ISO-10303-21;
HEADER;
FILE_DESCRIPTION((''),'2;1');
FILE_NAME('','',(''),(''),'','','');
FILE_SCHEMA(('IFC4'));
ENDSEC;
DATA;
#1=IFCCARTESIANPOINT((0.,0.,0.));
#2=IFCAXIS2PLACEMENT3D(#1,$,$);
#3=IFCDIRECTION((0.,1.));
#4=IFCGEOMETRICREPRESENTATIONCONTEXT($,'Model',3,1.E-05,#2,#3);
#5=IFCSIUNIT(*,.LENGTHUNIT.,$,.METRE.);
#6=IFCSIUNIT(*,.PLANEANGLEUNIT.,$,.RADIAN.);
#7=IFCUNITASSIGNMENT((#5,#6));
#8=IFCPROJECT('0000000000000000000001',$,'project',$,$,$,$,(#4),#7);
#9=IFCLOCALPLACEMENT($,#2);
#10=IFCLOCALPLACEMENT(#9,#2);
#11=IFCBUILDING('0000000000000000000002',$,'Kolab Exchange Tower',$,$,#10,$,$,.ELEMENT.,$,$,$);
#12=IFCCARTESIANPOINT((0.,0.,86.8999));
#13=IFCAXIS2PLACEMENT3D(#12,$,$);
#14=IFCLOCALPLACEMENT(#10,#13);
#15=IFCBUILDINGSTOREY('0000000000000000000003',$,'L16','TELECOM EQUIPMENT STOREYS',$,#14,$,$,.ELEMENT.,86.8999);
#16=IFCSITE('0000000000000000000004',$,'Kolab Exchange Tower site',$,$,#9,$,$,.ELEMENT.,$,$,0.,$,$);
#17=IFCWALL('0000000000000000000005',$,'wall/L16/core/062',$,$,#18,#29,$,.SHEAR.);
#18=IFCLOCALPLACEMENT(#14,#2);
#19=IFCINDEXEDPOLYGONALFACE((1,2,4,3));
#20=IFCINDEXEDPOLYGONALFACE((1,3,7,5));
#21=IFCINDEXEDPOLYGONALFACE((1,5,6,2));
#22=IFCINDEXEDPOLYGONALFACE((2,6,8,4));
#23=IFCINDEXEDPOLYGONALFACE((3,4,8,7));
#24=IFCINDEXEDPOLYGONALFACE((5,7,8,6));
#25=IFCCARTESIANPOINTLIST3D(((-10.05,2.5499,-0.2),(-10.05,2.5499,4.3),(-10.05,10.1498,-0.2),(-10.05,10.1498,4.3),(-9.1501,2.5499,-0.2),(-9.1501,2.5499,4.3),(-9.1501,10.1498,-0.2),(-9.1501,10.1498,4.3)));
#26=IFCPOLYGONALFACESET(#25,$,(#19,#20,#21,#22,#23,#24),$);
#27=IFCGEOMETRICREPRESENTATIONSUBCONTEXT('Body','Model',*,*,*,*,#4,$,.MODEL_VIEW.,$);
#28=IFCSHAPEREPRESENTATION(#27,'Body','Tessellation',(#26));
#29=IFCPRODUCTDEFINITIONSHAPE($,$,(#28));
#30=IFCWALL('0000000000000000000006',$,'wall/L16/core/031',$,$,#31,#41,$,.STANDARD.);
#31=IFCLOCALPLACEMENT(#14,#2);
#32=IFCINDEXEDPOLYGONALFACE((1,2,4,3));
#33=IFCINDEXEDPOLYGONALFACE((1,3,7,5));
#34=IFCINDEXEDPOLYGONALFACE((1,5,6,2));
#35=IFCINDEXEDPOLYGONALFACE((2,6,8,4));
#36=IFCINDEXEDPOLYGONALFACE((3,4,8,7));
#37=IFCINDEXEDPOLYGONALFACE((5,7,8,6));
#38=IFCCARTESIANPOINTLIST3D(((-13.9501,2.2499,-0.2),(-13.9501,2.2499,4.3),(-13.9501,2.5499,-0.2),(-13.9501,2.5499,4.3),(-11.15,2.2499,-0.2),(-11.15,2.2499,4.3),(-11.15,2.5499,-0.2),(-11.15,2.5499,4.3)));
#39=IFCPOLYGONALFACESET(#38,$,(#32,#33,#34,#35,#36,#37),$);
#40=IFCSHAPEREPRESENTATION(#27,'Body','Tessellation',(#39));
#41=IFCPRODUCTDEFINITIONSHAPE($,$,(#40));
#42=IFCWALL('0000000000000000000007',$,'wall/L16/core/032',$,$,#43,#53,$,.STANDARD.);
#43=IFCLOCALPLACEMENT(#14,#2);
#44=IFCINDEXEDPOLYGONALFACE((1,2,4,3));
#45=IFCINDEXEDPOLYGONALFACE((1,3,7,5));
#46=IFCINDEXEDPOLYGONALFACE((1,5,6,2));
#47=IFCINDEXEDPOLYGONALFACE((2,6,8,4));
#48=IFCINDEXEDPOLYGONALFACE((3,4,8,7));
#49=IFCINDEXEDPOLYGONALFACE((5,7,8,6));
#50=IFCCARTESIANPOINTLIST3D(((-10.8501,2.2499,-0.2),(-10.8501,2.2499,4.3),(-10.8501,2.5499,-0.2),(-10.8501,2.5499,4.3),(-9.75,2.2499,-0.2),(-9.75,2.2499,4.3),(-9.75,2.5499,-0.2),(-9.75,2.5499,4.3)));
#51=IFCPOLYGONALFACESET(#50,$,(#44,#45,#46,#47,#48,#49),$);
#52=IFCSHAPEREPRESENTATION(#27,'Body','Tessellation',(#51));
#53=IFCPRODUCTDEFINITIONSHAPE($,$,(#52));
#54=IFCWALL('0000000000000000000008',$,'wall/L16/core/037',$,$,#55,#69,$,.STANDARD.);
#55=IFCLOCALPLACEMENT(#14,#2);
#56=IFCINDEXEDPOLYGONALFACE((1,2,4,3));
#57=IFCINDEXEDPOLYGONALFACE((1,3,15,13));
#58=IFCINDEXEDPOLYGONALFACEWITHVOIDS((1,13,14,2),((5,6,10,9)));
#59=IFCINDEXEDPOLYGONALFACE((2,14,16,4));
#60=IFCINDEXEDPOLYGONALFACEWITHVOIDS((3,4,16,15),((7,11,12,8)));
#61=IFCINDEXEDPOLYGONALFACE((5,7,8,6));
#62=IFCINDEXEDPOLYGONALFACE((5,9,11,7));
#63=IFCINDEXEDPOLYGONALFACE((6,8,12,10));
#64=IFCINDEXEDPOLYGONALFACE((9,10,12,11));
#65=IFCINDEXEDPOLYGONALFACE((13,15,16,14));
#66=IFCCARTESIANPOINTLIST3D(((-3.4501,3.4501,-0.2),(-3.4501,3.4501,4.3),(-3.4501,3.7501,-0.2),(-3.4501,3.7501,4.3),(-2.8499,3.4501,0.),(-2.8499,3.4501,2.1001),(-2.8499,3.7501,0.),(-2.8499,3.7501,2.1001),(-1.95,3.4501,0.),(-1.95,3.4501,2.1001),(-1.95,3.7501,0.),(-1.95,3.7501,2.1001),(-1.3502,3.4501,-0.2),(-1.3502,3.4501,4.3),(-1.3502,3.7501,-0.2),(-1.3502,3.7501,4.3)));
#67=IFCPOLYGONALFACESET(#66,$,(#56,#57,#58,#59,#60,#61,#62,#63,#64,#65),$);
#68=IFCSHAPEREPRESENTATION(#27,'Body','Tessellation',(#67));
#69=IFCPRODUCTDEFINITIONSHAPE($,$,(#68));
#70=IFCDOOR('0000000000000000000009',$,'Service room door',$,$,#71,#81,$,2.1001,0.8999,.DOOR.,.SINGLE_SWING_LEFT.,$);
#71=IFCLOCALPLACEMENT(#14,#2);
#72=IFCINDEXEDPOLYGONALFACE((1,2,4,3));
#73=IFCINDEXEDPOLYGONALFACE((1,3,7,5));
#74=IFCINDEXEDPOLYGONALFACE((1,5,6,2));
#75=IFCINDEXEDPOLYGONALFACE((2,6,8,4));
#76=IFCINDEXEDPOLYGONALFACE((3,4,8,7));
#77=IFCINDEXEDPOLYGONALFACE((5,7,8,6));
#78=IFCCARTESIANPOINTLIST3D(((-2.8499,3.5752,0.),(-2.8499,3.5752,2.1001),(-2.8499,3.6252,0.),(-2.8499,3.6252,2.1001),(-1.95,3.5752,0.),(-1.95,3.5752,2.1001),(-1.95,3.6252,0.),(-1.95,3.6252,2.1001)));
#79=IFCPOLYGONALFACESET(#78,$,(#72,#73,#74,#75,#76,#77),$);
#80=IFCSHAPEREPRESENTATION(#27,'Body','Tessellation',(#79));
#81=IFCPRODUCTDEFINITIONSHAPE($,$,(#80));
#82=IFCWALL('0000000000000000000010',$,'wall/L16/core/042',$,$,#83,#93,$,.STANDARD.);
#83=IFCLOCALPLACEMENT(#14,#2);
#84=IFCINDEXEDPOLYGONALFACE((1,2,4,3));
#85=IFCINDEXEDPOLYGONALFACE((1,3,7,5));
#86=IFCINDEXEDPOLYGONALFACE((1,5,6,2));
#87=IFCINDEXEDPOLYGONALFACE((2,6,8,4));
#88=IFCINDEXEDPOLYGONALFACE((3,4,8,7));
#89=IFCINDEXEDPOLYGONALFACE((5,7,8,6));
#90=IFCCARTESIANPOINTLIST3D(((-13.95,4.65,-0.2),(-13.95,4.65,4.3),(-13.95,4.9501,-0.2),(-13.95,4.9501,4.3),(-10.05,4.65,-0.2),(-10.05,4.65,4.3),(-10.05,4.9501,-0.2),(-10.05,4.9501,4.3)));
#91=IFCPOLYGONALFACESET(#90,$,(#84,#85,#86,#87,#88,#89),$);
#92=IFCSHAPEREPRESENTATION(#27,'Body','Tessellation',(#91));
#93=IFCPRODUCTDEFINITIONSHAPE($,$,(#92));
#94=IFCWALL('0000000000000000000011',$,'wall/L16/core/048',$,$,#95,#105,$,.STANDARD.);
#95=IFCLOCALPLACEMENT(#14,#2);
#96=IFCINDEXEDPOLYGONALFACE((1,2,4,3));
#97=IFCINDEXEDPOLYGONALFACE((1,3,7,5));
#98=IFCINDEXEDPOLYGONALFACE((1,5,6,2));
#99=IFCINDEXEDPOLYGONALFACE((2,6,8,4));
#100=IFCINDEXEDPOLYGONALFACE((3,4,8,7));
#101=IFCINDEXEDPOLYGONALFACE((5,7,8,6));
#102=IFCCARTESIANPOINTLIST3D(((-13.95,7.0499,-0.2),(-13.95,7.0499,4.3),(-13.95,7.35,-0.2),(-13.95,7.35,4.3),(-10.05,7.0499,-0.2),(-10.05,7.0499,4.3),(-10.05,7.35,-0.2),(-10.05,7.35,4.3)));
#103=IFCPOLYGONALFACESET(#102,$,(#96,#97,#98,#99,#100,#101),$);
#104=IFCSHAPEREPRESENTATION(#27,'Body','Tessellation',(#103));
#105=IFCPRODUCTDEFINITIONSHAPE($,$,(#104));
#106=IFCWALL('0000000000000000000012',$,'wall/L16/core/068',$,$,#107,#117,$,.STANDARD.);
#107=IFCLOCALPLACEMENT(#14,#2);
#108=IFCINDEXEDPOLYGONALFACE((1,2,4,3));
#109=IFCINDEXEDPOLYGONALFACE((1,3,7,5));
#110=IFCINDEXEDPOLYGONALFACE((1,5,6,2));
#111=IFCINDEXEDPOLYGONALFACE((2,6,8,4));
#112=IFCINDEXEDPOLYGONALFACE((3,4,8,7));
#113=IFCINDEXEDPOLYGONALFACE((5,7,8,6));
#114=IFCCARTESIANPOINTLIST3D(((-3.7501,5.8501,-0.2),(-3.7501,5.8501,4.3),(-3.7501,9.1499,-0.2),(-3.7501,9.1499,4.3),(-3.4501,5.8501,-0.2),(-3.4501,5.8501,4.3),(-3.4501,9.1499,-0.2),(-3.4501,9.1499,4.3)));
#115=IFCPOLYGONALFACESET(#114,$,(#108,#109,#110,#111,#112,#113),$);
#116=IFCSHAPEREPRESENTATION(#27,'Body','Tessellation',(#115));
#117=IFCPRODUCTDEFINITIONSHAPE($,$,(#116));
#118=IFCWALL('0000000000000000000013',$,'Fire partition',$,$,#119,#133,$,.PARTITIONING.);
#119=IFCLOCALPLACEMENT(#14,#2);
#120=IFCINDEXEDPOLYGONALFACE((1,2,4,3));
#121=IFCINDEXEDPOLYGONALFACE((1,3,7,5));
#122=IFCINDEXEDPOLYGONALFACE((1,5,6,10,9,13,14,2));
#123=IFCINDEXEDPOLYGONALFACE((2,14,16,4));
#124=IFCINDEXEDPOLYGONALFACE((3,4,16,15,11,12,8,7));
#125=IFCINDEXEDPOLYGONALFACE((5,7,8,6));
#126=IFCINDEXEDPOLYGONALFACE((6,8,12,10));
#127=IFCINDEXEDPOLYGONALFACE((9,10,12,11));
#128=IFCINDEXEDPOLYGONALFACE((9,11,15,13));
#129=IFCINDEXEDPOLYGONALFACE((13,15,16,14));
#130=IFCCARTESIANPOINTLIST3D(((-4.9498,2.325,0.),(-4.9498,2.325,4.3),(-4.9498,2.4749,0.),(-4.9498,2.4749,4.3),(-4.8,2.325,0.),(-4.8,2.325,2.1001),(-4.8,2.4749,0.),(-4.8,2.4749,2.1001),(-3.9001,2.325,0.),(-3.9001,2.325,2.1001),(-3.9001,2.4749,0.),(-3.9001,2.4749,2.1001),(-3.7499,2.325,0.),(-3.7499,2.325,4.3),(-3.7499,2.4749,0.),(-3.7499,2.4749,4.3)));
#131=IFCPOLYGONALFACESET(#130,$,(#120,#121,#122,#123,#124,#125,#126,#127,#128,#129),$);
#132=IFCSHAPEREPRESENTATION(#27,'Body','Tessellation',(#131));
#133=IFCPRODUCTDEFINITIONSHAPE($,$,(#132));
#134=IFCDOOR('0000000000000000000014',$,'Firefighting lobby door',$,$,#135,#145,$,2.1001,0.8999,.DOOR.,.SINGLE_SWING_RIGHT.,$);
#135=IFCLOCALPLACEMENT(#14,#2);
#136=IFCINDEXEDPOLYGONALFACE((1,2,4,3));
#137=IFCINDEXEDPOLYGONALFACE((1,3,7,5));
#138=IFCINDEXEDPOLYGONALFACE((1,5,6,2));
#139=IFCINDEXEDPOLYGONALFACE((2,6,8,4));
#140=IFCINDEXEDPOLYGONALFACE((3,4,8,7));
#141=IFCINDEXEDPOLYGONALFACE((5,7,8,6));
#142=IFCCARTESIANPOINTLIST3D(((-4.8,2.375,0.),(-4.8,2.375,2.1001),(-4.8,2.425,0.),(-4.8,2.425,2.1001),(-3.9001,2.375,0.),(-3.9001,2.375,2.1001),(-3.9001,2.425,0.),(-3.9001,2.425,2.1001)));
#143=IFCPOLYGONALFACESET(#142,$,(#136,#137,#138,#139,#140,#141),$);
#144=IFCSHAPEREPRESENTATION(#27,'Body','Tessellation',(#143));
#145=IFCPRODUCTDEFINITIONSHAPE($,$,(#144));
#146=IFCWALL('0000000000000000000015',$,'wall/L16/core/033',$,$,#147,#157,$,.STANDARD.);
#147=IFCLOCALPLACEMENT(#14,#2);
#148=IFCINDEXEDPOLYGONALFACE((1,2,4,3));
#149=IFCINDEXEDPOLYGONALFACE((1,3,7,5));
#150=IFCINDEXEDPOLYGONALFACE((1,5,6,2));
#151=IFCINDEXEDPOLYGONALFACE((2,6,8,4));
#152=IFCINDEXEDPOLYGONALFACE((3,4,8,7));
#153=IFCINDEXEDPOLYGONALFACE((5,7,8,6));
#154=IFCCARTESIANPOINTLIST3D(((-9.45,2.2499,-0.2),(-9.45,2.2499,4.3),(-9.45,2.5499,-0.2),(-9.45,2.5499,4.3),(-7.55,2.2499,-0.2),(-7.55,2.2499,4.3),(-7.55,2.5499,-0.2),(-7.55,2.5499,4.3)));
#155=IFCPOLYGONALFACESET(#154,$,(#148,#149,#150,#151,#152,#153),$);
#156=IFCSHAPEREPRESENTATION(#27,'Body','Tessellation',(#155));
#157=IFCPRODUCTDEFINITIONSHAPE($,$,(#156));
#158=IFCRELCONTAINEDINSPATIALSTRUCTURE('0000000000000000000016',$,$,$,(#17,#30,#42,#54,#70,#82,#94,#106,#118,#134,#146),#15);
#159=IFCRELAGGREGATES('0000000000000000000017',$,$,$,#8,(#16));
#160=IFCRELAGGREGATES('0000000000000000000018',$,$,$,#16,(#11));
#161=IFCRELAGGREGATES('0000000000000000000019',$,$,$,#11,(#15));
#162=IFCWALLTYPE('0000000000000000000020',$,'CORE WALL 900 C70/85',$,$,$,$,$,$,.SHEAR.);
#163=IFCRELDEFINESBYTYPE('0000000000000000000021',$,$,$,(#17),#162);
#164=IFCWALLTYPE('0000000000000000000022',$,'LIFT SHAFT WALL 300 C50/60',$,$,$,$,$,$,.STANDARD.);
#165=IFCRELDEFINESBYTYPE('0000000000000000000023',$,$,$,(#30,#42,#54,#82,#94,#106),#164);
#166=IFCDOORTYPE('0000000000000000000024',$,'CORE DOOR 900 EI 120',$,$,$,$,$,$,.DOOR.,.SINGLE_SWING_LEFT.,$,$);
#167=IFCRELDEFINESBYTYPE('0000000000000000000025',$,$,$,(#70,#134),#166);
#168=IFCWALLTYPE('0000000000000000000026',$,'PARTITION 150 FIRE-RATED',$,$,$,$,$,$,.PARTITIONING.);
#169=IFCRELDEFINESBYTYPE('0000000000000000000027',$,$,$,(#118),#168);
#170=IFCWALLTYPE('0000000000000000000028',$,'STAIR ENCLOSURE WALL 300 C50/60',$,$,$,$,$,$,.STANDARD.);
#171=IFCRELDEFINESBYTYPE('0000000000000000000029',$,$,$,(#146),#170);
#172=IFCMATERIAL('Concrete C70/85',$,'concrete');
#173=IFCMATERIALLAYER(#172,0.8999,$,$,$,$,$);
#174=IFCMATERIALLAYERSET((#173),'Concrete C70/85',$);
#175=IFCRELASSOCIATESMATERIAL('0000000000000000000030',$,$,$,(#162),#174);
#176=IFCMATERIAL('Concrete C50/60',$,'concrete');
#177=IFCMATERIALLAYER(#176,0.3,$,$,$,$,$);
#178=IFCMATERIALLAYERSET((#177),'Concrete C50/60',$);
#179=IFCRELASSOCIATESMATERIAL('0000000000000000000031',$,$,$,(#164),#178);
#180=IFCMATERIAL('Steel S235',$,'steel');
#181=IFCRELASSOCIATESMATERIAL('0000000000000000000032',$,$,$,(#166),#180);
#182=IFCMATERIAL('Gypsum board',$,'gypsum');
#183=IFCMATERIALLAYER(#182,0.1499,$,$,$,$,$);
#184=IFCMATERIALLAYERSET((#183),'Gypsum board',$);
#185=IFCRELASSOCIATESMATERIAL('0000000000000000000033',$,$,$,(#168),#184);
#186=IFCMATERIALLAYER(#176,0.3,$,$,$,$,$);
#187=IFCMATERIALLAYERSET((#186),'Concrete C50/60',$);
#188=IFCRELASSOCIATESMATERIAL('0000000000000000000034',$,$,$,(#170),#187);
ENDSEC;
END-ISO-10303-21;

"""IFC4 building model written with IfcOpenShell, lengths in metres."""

from ifc_helpers import new_model, si_unit, direction, frame, frame_2d, origin, place, context, subcontext, project, spatial, rectangle, extrude, material, layer, layer_set, type_object, element, fill, save


model = new_model("IFC4")

# Units and contexts
model_context = context("Model", 3, precision=1e-05, world=origin(), true_north=direction((0.0, 1.0)))
body_context = subcontext(model_context, "Body", "Model", "MODEL_VIEW")
ifc_project = project(units=[si_unit("LENGTHUNIT", "METRE"), si_unit("PLANEANGLEUNIT", "RADIAN")], contexts=[model_context])

# Site, building, storey
site_placement = place(None, origin())
site = spatial("IfcSite", under=ifc_project, at=site_placement, Name="Kolab Exchange Tower site", CompositionType="ELEMENT", RefElevation=0.0)
building_placement = place(site_placement, origin())
building = spatial("IfcBuilding", under=site, at=building_placement, Name="Kolab Exchange Tower", CompositionType="ELEMENT")
storey_placement = place(building_placement, frame((0.0, 0.0, 86.8999)))
storey = spatial("IfcBuildingStorey", under=building, at=storey_placement, Name="L16", Description="TELECOM EQUIPMENT STOREYS", CompositionType="ELEMENT", Elevation=86.8999)

# Walls
ifc_material_1 = material(Name="Concrete C70/85", Category="concrete")
ifc_layer_1 = layer(ifc_material_1, 0.8999)
ifc_layer_set_1 = layer_set([ifc_layer_1], Name="Concrete C70/85")
wall_type_1 = type_object("IfcWallType", Name="CORE WALL 900 C70/85", PredefinedType="SHEAR", material=ifc_layer_set_1)
wall_1_placement = place(storey_placement, frame((-9.6001, 2.55, -0.2), z_axis=(0.0, 0.0, 1.0), x_axis=(0.0, 1.0, 0.0)))
element("IfcWall", 1, at=wall_1_placement, inside=storey, type_object=wall_type_1, Name="wall/L16/core/062", PredefinedType="SHEAR", context=body_context, shape_type="SweptSolid", body=[
    extrude(rectangle(XDim=7.5999, YDim=0.8999, at=frame_2d((3.7998, 0.0))), origin(), (0.0, 0.0, 1.0), 4.5),
])
ifc_material_2 = material(Name="Concrete C50/60", Category="concrete")
ifc_layer_2 = layer(ifc_material_2, 0.3)
ifc_layer_set_2 = layer_set([ifc_layer_2], Name="Concrete C50/60")
wall_type_2 = type_object("IfcWallType", Name="LIFT SHAFT WALL 300 C50/60", PredefinedType="STANDARD", material=ifc_layer_set_2)
wall_2_placement = place(storey_placement, frame((-13.95, 2.3999, -0.2), z_axis=(0.0, 0.0, 1.0), x_axis=(1.0, 0.0, 0.0)))
element("IfcWall", 2, at=wall_2_placement, inside=storey, type_object=wall_type_2, Name="wall/L16/core/031", PredefinedType="STANDARD", context=body_context, shape_type="SweptSolid", body=[
    extrude(rectangle(XDim=2.8, YDim=0.3, at=frame_2d((1.3999, 0.0))), origin(), (0.0, 0.0, 1.0), 4.5),
])
wall_3_placement = place(storey_placement, frame((-10.8501, 2.3999, -0.2), z_axis=(0.0, 0.0, 1.0), x_axis=(1.0, 0.0, 0.0)))
element("IfcWall", 3, at=wall_3_placement, inside=storey, type_object=wall_type_2, Name="wall/L16/core/032", PredefinedType="STANDARD", context=body_context, shape_type="SweptSolid", body=[
    extrude(rectangle(XDim=1.1001, YDim=0.3, at=frame_2d((0.55, 0.0))), origin(), (0.0, 0.0, 1.0), 4.5),
])

# Wall, opening, door
wall_4_placement = place(storey_placement, frame((-3.45, 3.6001, -0.2), z_axis=(0.0, 0.0, 1.0), x_axis=(1.0, 0.0, 0.0)))
wall_4 = element("IfcWall", 4, at=wall_4_placement, inside=storey, type_object=wall_type_2, Name="wall/L16/core/037", PredefinedType="STANDARD", context=body_context, shape_type="SweptSolid", body=[
    extrude(rectangle(XDim=2.0999, YDim=0.3, at=frame_2d((1.0498, 0.0))), origin(), (0.0, 0.0, 1.0), 4.5),
])
opening_1_placement = place(wall_4_placement, frame((0.6001, 0.0, 0.2)))
opening_1 = element("IfcOpeningElement", 5, at=opening_1_placement, cuts=wall_4, PredefinedType="OPENING", context=body_context, shape_type="SweptSolid", body=[
    extrude(rectangle(XDim=0.8999, YDim=2.1001, at=frame_2d((0.45, 1.05))), frame((0.0, 0.1602, 0.0), z_axis=(0.0, -1.0, 0.0), x_axis=(1.0, 0.0, 0.0)), (0.0, 0.0, 1.0), 0.3201),
])
ifc_material_3 = material(Name="Steel S235", Category="steel")
door_type_1 = type_object("IfcDoorType", Name="CORE DOOR 900 EI 120", OperationType="SINGLE_SWING_LEFT", PredefinedType="DOOR", material=ifc_material_3)
door_1_placement = place(opening_1_placement, frame((0.8999, 0.0, 0.0), z_axis=(0.0, 0.0, 1.0), x_axis=(-1.0, 0.0, 0.0)))
door_1 = element("IfcDoor", 6, at=door_1_placement, inside=storey, type_object=door_type_1, Name="Service room door", OperationType="SINGLE_SWING_LEFT", OverallHeight=2.1001, OverallWidth=0.8999, PredefinedType="DOOR", context=body_context, shape_type="SweptSolid", body=[
    extrude(rectangle(XDim=0.8999, YDim=2.1001, at=frame_2d((0.45, 1.05))), frame((0.0, 0.0249, 0.0), z_axis=(0.0, -1.0, 0.0), x_axis=(1.0, 0.0, 0.0)), (0.0, 0.0, 1.0), 0.05),
])
fill(opening_1, door_1)

# Walls
for number, where, z_axis, x_axis, name in (
    (7, (-13.95, 4.8, -0.2), (0.0, 0.0, 1.0), (1.0, 0.0, 0.0), "wall/L16/core/042"),
    (8, (-13.95, 7.2, -0.2), (0.0, 0.0, 1.0), (1.0, 0.0, 0.0), "wall/L16/core/048"),
):
    element("IfcWall", number, at=place(storey_placement, frame(where, z_axis=z_axis, x_axis=x_axis)), inside=storey, type_object=wall_type_2, Name=name, PredefinedType="STANDARD", context=body_context, shape_type="SweptSolid", body=[
        extrude(rectangle(XDim=3.8999, YDim=0.3, at=frame_2d((1.95, 0.0))), origin(), (0.0, 0.0, 1.0), 4.5),
    ])
wall_5_placement = place(storey_placement, frame((-3.6001, 5.8501, -0.2), z_axis=(0.0, 0.0, 1.0), x_axis=(0.0, 1.0, 0.0)))
element("IfcWall", 9, at=wall_5_placement, inside=storey, type_object=wall_type_2, Name="wall/L16/core/068", PredefinedType="STANDARD", context=body_context, shape_type="SweptSolid", body=[
    extrude(rectangle(XDim=3.2998, YDim=0.3, at=frame_2d((1.6499, 0.0))), origin(), (0.0, 0.0, 1.0), 4.5),
])

# Wall, opening, door
ifc_material_4 = material(Name="Gypsum board", Category="gypsum")
ifc_layer_3 = layer(ifc_material_4, 0.1499)
ifc_layer_set_3 = layer_set([ifc_layer_3], Name="Gypsum board")
wall_type_3 = type_object("IfcWallType", Name="PARTITION 150 FIRE-RATED", PredefinedType="PARTITIONING", material=ifc_layer_set_3)
wall_6_placement = place(storey_placement, frame((-4.95, 2.3999, 0.0), z_axis=(0.0, 0.0, 1.0), x_axis=(1.0, 0.0, 0.0)))
wall_6 = element("IfcWall", 10, at=wall_6_placement, inside=storey, type_object=wall_type_3, Name="Fire partition", PredefinedType="PARTITIONING", context=body_context, shape_type="SweptSolid", body=[
    extrude(rectangle(XDim=1.2, YDim=0.1499, at=frame_2d((0.6001, 0.0))), origin(), (0.0, 0.0, 1.0), 4.3),
])
opening_2_placement = place(wall_6_placement, frame((0.1499, 0.0, 0.0)))
opening_2 = element("IfcOpeningElement", 11, at=opening_2_placement, cuts=wall_6, PredefinedType="OPENING", context=body_context, shape_type="SweptSolid", body=[
    extrude(rectangle(XDim=0.8999, YDim=2.1001, at=frame_2d((0.45, 1.05))), frame((0.0, 0.085, 0.0), z_axis=(0.0, -1.0, 0.0), x_axis=(1.0, 0.0, 0.0)), (0.0, 0.0, 1.0), 0.1699),
])
door_2_placement = place(opening_2_placement, frame((0.8999, 0.0, 0.0), z_axis=(0.0, 0.0, 1.0), x_axis=(-1.0, 0.0, 0.0)))
door_2 = element("IfcDoor", 12, at=door_2_placement, inside=storey, type_object=door_type_1, Name="Firefighting lobby door", OperationType="SINGLE_SWING_RIGHT", OverallHeight=2.1001, OverallWidth=0.8999, PredefinedType="DOOR", context=body_context, shape_type="SweptSolid", body=[
    extrude(rectangle(XDim=0.8999, YDim=2.1001, at=frame_2d((0.45, 1.05))), frame((0.0, 0.0249, 0.0), z_axis=(0.0, -1.0, 0.0), x_axis=(1.0, 0.0, 0.0)), (0.0, 0.0, 1.0), 0.05),
])
fill(opening_2, door_2)

# Wall
ifc_layer_4 = layer(ifc_material_2, 0.3)
ifc_layer_set_4 = layer_set([ifc_layer_4], Name="Concrete C50/60")
wall_type_4 = type_object("IfcWallType", Name="STAIR ENCLOSURE WALL 300 C50/60", PredefinedType="STANDARD", material=ifc_layer_set_4)
wall_7_placement = place(storey_placement, frame((-9.45, 2.3999, -0.2), z_axis=(0.0, 0.0, 1.0), x_axis=(1.0, 0.0, 0.0)))
element("IfcWall", 13, at=wall_7_placement, inside=storey, type_object=wall_type_4, Name="wall/L16/core/033", PredefinedType="STANDARD", context=body_context, shape_type="SweptSolid", body=[
    extrude(rectangle(XDim=1.8999, YDim=0.3, at=frame_2d((0.95, 0.0))), origin(), (0.0, 0.0, 1.0), 4.5),
])

save(model, "model.ifc")
